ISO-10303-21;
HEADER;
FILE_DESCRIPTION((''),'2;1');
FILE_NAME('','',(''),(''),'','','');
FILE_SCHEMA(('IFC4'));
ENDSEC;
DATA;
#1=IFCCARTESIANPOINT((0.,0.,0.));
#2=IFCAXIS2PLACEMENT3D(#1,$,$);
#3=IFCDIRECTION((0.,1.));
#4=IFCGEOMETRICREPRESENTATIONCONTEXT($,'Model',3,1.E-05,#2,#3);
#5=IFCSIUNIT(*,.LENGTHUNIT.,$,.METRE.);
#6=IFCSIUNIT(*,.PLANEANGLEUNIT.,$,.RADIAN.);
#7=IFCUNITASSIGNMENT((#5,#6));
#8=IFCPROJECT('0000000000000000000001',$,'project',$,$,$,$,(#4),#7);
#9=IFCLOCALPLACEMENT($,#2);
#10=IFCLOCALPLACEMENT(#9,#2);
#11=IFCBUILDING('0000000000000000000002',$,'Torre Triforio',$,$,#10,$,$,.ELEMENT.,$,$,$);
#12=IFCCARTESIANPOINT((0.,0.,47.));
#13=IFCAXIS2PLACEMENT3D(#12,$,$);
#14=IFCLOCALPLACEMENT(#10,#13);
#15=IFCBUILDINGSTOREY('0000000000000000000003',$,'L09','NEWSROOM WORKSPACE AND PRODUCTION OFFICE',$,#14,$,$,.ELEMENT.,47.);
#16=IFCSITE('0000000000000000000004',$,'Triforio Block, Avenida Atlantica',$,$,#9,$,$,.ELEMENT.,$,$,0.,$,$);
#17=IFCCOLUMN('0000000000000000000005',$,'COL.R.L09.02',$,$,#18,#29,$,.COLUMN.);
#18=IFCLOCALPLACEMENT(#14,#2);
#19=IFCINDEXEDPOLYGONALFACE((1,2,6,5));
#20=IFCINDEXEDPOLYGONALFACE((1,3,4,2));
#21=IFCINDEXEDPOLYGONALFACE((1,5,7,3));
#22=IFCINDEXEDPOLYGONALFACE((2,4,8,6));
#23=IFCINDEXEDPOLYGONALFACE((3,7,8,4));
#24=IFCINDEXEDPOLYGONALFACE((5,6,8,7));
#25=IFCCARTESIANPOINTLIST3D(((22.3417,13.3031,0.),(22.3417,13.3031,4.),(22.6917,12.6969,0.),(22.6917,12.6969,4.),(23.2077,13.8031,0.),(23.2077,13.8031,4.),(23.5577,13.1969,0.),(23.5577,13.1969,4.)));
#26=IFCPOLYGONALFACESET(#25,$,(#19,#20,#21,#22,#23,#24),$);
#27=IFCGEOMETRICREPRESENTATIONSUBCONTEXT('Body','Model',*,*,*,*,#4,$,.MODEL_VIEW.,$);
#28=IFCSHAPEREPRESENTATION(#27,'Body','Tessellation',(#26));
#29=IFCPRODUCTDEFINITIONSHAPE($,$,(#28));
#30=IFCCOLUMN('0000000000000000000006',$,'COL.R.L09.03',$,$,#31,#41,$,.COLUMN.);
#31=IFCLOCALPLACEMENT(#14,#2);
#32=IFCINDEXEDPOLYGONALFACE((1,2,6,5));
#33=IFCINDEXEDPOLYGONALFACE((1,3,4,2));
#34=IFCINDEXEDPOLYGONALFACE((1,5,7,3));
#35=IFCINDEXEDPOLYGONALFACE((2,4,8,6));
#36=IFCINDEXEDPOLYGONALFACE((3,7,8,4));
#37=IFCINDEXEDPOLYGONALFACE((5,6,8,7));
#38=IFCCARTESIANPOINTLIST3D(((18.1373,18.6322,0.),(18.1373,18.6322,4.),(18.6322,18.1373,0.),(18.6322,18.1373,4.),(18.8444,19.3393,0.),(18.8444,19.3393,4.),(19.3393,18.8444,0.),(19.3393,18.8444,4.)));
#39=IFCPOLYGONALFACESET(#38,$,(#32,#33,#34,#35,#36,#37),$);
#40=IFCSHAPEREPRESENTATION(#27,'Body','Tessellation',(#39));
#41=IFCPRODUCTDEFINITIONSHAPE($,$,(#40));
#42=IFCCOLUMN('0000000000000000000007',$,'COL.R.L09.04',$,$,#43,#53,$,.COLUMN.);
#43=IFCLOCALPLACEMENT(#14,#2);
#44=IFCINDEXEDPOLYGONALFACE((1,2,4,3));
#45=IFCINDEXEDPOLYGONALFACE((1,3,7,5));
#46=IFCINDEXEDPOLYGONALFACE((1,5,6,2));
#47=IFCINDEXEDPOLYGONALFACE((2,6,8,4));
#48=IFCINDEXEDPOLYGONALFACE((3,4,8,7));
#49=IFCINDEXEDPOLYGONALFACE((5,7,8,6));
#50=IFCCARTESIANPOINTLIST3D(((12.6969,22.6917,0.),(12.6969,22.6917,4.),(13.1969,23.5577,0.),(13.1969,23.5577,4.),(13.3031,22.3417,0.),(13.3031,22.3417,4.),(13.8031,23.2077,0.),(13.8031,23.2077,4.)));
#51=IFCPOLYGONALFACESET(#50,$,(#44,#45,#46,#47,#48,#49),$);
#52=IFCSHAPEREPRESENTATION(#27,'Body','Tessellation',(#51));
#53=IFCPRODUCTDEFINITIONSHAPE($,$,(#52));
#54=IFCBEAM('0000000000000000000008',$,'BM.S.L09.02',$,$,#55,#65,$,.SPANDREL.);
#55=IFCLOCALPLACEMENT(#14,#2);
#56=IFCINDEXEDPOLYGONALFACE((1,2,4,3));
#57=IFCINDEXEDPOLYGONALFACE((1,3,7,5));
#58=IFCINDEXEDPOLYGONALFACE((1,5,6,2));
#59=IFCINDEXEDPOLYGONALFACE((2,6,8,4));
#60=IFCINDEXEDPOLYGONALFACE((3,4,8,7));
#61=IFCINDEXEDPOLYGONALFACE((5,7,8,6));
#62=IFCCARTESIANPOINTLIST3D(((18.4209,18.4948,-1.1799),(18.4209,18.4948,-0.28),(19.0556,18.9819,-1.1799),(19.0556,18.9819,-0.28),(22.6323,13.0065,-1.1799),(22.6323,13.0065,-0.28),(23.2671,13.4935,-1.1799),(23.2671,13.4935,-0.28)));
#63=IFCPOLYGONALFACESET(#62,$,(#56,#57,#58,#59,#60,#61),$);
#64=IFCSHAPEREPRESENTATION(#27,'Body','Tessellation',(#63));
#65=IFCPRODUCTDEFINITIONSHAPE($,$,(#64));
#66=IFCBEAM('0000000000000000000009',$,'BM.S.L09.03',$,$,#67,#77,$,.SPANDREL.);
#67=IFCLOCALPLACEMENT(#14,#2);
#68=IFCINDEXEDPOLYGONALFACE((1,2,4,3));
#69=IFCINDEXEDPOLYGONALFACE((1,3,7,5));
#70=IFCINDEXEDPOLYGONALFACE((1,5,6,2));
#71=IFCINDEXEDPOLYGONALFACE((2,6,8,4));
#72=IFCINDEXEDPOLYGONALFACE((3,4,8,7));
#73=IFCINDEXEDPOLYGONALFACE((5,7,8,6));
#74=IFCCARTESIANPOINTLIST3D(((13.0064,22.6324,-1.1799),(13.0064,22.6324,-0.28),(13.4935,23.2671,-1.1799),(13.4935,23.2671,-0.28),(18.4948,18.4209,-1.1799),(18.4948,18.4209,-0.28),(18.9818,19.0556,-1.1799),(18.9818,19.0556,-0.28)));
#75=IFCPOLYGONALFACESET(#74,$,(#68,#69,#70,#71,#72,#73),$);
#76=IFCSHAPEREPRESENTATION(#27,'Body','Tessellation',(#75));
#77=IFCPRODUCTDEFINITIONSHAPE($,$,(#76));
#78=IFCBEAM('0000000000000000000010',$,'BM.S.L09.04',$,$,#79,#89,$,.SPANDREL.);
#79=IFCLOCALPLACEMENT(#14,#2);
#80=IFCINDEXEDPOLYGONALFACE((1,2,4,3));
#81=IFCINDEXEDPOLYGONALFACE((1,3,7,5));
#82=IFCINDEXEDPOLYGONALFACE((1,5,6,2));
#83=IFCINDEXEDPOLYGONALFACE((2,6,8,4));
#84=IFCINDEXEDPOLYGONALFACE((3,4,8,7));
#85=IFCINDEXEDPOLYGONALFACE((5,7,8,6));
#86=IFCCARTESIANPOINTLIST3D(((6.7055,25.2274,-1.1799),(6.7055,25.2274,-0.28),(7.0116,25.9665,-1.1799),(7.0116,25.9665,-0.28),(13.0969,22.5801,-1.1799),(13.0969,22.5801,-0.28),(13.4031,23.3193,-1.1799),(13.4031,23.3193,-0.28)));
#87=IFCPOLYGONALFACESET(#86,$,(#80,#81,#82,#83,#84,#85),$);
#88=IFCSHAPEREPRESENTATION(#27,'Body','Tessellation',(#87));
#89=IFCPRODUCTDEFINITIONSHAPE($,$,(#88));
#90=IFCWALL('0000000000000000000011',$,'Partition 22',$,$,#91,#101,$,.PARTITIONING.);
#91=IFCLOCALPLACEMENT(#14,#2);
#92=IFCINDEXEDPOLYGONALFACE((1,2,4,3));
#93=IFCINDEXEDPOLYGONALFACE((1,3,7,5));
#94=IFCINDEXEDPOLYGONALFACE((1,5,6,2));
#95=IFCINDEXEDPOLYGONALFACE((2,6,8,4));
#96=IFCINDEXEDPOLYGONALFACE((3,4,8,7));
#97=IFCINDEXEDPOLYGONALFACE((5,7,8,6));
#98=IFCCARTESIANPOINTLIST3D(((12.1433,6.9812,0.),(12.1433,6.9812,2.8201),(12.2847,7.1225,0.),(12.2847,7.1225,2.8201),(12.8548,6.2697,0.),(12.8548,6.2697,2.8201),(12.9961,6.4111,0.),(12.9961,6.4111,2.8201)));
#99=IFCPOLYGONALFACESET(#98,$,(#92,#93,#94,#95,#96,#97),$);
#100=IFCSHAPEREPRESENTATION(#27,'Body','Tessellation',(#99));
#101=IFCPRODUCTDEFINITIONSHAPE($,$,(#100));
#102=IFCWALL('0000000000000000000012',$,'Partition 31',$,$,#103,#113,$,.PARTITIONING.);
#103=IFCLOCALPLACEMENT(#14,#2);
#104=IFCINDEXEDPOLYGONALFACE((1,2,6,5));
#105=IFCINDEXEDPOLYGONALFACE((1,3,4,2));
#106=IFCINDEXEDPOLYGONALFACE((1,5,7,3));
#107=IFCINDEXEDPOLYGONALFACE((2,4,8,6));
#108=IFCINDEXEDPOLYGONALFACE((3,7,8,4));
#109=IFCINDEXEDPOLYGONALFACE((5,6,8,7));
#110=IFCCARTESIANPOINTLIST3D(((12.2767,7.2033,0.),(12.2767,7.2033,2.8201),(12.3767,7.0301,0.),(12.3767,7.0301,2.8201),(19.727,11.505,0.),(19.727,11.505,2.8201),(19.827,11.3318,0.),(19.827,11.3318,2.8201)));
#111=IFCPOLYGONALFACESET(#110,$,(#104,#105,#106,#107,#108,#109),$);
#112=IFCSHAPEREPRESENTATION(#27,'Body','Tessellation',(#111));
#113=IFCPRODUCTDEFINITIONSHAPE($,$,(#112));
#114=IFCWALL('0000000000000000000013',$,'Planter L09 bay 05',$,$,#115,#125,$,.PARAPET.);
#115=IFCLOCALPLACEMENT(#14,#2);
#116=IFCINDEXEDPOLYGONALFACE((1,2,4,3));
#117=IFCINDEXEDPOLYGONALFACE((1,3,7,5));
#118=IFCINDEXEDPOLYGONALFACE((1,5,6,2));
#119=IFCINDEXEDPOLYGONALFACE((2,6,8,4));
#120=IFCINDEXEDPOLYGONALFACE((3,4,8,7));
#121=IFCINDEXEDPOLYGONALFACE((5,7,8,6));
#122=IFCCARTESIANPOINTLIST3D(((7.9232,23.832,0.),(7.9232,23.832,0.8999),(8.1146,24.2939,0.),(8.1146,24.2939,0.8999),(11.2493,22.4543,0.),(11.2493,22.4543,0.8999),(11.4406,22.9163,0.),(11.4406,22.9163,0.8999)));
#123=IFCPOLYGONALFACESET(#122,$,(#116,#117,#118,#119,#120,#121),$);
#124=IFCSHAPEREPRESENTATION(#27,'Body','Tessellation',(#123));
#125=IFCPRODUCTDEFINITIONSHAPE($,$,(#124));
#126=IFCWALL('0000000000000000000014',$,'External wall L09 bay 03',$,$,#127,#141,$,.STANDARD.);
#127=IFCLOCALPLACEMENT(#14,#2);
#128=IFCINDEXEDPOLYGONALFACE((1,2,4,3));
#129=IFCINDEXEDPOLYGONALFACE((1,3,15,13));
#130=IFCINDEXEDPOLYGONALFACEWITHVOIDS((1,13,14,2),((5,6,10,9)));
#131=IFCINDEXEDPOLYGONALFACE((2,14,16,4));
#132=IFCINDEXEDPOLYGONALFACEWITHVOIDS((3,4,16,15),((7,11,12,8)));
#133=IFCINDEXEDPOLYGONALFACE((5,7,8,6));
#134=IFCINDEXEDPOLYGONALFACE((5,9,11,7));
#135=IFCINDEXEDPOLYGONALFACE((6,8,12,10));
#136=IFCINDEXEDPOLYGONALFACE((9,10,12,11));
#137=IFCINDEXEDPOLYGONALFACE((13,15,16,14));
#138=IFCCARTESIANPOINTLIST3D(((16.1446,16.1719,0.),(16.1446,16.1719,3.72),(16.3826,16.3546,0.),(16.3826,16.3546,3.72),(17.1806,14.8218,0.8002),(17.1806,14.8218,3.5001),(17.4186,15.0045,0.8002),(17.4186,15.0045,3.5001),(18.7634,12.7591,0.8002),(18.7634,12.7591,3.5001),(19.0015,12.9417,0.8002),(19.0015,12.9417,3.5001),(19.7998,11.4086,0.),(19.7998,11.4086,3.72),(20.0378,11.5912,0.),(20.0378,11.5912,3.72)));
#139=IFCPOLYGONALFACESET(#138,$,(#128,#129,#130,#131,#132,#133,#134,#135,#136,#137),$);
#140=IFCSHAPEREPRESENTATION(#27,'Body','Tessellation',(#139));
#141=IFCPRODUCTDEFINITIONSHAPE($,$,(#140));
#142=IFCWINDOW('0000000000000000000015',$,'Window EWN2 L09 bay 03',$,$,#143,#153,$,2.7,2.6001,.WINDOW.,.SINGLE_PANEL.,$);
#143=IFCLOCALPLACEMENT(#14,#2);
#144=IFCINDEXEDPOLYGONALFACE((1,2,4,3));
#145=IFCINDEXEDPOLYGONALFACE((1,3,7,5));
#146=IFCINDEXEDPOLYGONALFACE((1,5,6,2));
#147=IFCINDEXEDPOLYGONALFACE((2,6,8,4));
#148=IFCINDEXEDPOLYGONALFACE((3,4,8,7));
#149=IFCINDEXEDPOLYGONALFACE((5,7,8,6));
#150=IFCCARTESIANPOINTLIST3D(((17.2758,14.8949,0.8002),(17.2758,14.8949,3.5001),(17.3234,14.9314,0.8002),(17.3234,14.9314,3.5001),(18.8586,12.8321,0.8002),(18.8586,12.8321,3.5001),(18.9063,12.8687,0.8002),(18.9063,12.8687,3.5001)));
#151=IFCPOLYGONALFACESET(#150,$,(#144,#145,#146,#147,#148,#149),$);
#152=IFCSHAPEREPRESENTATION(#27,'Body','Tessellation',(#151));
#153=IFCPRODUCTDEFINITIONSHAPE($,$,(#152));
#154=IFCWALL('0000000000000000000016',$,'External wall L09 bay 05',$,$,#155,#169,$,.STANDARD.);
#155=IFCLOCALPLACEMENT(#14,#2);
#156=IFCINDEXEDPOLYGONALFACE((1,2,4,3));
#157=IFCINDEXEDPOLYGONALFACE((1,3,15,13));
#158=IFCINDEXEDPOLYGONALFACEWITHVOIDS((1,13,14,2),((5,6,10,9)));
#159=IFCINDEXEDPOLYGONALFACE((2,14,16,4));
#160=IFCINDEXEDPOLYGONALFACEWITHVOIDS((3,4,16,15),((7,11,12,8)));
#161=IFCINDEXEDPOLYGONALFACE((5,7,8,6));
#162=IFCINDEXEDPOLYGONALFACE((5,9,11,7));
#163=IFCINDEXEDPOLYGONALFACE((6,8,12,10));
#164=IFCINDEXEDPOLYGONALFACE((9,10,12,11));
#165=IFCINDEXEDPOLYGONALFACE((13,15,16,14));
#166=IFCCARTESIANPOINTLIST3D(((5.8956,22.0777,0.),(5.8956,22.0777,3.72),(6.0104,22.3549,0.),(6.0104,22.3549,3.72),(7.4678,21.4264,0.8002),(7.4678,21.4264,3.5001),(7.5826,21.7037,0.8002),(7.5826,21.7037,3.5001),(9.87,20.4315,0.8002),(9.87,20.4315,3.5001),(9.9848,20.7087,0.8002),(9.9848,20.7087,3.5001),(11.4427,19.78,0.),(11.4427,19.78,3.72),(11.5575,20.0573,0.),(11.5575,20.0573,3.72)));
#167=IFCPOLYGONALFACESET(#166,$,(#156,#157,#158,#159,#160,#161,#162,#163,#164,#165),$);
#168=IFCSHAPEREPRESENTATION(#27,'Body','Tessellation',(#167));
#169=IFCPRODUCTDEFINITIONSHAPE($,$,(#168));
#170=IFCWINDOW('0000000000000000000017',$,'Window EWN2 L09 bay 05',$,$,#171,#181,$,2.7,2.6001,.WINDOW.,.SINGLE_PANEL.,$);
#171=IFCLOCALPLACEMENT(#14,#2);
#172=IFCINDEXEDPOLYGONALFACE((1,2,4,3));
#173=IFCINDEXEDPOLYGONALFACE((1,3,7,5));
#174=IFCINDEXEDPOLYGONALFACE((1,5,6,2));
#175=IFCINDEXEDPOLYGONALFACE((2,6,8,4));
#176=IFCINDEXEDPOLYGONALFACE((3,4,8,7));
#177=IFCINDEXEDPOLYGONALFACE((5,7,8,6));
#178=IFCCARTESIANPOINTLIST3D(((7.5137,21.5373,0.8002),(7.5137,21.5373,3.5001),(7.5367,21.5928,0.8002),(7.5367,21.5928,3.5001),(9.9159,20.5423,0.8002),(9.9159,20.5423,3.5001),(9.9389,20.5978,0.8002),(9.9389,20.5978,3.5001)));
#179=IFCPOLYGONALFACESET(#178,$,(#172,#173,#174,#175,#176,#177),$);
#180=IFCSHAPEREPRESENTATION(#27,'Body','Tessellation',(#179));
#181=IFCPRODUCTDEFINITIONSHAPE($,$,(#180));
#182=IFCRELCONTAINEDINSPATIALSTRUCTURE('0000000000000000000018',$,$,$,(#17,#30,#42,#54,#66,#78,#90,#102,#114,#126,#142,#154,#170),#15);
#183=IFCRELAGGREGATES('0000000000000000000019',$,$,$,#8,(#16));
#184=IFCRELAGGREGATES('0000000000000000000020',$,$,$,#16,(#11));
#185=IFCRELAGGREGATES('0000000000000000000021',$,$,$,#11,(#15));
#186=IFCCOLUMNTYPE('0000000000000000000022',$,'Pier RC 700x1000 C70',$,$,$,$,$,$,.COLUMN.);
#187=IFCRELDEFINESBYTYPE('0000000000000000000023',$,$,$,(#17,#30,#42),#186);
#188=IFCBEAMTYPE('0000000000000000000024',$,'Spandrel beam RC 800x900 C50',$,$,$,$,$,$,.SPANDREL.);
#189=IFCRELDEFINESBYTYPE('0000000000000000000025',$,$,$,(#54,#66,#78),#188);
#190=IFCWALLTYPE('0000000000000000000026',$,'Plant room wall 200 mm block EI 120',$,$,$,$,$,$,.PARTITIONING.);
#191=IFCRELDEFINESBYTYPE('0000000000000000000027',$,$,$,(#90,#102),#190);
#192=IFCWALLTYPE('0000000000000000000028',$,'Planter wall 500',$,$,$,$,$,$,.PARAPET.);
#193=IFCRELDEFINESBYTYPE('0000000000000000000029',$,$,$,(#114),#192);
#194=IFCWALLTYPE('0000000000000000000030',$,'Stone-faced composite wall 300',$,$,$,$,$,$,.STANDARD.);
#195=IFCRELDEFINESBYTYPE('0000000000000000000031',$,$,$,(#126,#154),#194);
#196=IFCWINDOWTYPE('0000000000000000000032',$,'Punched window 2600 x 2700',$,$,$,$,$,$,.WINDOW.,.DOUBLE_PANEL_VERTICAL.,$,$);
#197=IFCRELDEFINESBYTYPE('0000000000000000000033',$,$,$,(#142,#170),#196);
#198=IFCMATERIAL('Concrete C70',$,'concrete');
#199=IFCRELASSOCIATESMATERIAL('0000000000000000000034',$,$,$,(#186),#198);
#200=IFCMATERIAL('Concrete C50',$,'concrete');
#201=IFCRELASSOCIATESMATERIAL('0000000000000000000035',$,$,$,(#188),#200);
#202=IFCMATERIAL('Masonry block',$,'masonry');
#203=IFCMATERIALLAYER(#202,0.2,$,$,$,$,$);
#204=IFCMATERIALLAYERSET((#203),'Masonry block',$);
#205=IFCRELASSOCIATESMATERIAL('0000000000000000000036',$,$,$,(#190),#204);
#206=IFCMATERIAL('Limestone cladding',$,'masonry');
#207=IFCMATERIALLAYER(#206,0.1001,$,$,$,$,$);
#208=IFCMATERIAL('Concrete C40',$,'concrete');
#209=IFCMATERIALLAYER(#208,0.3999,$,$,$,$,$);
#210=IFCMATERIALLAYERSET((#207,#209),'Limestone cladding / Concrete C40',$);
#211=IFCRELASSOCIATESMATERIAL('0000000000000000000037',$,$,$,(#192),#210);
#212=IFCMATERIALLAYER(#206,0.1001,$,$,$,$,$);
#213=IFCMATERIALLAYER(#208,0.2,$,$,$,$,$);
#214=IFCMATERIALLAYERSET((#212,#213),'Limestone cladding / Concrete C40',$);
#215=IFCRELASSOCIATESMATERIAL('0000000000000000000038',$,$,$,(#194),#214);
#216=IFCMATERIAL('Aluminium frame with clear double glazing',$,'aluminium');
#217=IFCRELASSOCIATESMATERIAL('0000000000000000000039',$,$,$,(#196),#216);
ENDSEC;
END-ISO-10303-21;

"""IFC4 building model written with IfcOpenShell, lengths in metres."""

from ifc_helpers import new_model, si_unit, direction, frame, frame_2d, origin, origin_2d, place, context, subcontext, project, spatial, rectangle, extrude, material, layer, layer_set, material_profile, profile_set, type_object, element, fill, save


model = new_model("IFC4")

# Units and contexts
model_context = context("Model", 3, precision=1e-05, world=origin(), true_north=direction((0.0, 1.0)))
body_context = subcontext(model_context, "Body", "Model", "MODEL_VIEW")
ifc_project = project(units=[si_unit("LENGTHUNIT", "METRE"), si_unit("PLANEANGLEUNIT", "RADIAN")], contexts=[model_context])

# Site, building, storey
site_placement = place(None, origin())
site = spatial("IfcSite", under=ifc_project, at=site_placement, Name="Triforio Block, Avenida Atlantica", CompositionType="ELEMENT", RefElevation=0.0)
building_placement = place(site_placement, origin())
building = spatial("IfcBuilding", under=site, at=building_placement, Name="Torre Triforio", CompositionType="ELEMENT")
storey_placement = place(building_placement, frame((0.0, 0.0, 47.0)))
storey = spatial("IfcBuildingStorey", under=building, at=storey_placement, Name="L09", Description="NEWSROOM WORKSPACE AND PRODUCTION OFFICE", CompositionType="ELEMENT", Elevation=47.0)

# Columns
ifc_material_1 = material(Name="Concrete C70", Category="concrete")
ifc_material_profile_1 = material_profile(ifc_material_1, rectangle(XDim=0.7, YDim=1.0, at=origin_2d()), Name="RC 700x1000")
ifc_profile_set_1 = profile_set([ifc_material_profile_1], Name="Concrete C70")
column_type = type_object("IfcColumnType", Name="Pier RC 700x1000 C70", PredefinedType="COLUMN", material=ifc_profile_set_1)
for number, where, z_axis, x_axis, name in (
    (1, (22.9497, 13.25, 0.0), (0.0, 0.0, 1.0), (-0.5, 0.866025, 0.0), "COL.R.L09.02"),
    (2, (18.7383, 18.7383, 0.0), (0.0, 0.0, 1.0), (-0.707107, 0.707107, 0.0), "COL.R.L09.03"),
    (3, (13.25, 22.9497, 0.0), (0.0, 0.0, 1.0), (-0.866025, 0.5, 0.0), "COL.R.L09.04"),
):
    element("IfcColumn", number, at=place(storey_placement, frame(where, z_axis=z_axis, x_axis=x_axis)), inside=storey, type_object=column_type, Name=name, PredefinedType="COLUMN", context=body_context, shape_type="SweptSolid", body=[
        extrude(rectangle(XDim=0.7, YDim=1.0, at=origin_2d()), origin(), (0.0, 0.0, 1.0), 4.0),
    ])

# Beams
ifc_material_2 = material(Name="Concrete C50", Category="concrete")
ifc_material_profile_2 = material_profile(ifc_material_2, rectangle(XDim=0.8, YDim=0.8999, at=origin_2d()), Name="RC 800x900")
ifc_profile_set_2 = profile_set([ifc_material_profile_2], Name="Concrete C50")
beam_type = type_object("IfcBeamType", Name="Spandrel beam RC 800x900 C50", PredefinedType="SPANDREL", material=ifc_profile_set_2)
for number, where, z_axis, x_axis, name in (
    (4, (22.9497, 13.25, -0.73), (-0.608772, 0.793345, 0.0), (-0.793345, -0.608772, 0.0), "BM.S.L09.02"),
    (5, (18.7383, 18.7383, -0.73), (-0.793345, 0.608772, 0.0), (-0.608772, -0.793345, 0.0), "BM.S.L09.03"),
    (6, (13.25, 22.9497, -0.73), (-0.923888, 0.382662, 0.0), (-0.382662, -0.923888, 0.0), "BM.S.L09.04"),
):
    element("IfcBeam", number, at=place(storey_placement, frame(where, z_axis=z_axis, x_axis=x_axis)), inside=storey, type_object=beam_type, Name=name, PredefinedType="SPANDREL", context=body_context, shape_type="SweptSolid", body=[
        extrude(rectangle(XDim=0.8, YDim=0.8999, at=origin_2d()), origin(), (0.0, 0.0, 1.0), 6.918),
    ])

# Walls
ifc_material_3 = material(Name="Masonry block", Category="masonry")
ifc_layer_1 = layer(ifc_material_3, 0.2)
ifc_layer_set_1 = layer_set([ifc_layer_1], Name="Masonry block")
wall_type_1 = type_object("IfcWallType", Name="Plant room wall 200 mm block EI 120", PredefinedType="PARTITIONING", material=ifc_layer_set_1)
wall_1_placement = place(storey_placement, frame((12.2141, 7.0518, 0.0), z_axis=(0.0, 0.0, 1.0), x_axis=(0.707107, -0.707107, 0.0)))
element("IfcWall", 7, at=wall_1_placement, inside=storey, type_object=wall_type_1, Name="Partition 22", PredefinedType="PARTITIONING", context=body_context, shape_type="SweptSolid", body=[
    extrude(rectangle(XDim=1.0061, YDim=0.2, at=frame_2d((0.5029, 0.0))), origin(), (0.0, 0.0, 1.0), 2.8201),
])
wall_2_placement = place(storey_placement, frame((12.3267, 7.1167, 0.0), z_axis=(0.0, 0.0, 1.0), x_axis=(0.866013, 0.500021, 0.0)))
element("IfcWall", 8, at=wall_2_placement, inside=storey, type_object=wall_type_1, Name="Partition 31", PredefinedType="PARTITIONING", context=body_context, shape_type="SweptSolid", body=[
    extrude(rectangle(XDim=8.603, YDim=0.2, at=frame_2d((4.3015, 0.0))), origin(), (0.0, 0.0, 1.0), 2.8201),
])
ifc_material_4 = material(Name="Limestone cladding", Category="masonry")
ifc_layer_2 = layer(ifc_material_4, 0.1001)
ifc_material_5 = material(Name="Concrete C40", Category="concrete")
ifc_layer_3 = layer(ifc_material_5, 0.3999)
ifc_layer_set_2 = layer_set([ifc_layer_2, ifc_layer_3], Name="Limestone cladding / Concrete C40")
wall_type_2 = type_object("IfcWallType", Name="Planter wall 500", PredefinedType="PARAPET", material=ifc_layer_set_2)
wall_3_placement = place(storey_placement, frame((11.345, 22.6853, 0.0), z_axis=(0.0, 0.0, 1.0), x_axis=(-0.923885, 0.382669, 0.0)))
element("IfcWall", 9, at=wall_3_placement, inside=storey, type_object=wall_type_2, Name="Planter L09 bay 05", PredefinedType="PARAPET", context=body_context, shape_type="SweptSolid", body=[
    extrude(rectangle(XDim=3.6001, YDim=0.5, at=frame_2d((1.8, 0.0))), origin(), (0.0, 0.0, 1.0), 0.8999),
])

# Wall, opening, window
ifc_layer_4 = layer(ifc_material_4, 0.1001)
ifc_layer_5 = layer(ifc_material_5, 0.2)
ifc_layer_set_3 = layer_set([ifc_layer_4, ifc_layer_5], Name="Limestone cladding / Concrete C40")
wall_type_3 = type_object("IfcWallType", Name="Stone-faced composite wall 300", PredefinedType="STANDARD", material=ifc_layer_set_3)
wall_4_placement = place(storey_placement, frame((19.9187, 11.5, 0.0), z_axis=(0.0, 0.0, 1.0), x_axis=(-0.608779, 0.79334, 0.0)))
wall_4 = element("IfcWall", 10, at=wall_4_placement, inside=storey, type_object=wall_type_3, Name="External wall L09 bay 03", PredefinedType="STANDARD", context=body_context, shape_type="SweptSolid", body=[
    extrude(rectangle(XDim=6.0042, YDim=0.3, at=frame_2d((3.002, 0.0))), origin(), (0.0, 0.0, 1.0), 3.72),
])
opening_1_placement = place(wall_4_placement, frame((1.7021, 0.0, 0.8)))
opening_1 = element("IfcOpeningElement", 11, at=opening_1_placement, cuts=wall_4, PredefinedType="OPENING", context=body_context, shape_type="SweptSolid", body=[
    extrude(rectangle(XDim=2.6001, YDim=2.7, at=frame_2d((1.3, 1.3501))), frame((0.0, 0.1599, 0.0), z_axis=(0.0, -1.0, 0.0), x_axis=(1.0, 0.0, 0.0)), (0.0, 0.0, 1.0), 0.3201),
])
ifc_material_6 = material(Name="Aluminium frame with clear double glazing", Category="aluminium")
window_type_1 = type_object("IfcWindowType", Name="Punched window 2600 x 2700", PartitioningType="DOUBLE_PANEL_VERTICAL", PredefinedType="WINDOW", material=ifc_material_6)
window_1_placement = place(opening_1_placement, origin())
window_1 = element("IfcWindow", 12, at=window_1_placement, inside=storey, type_object=window_type_1, Name="Window EWN2 L09 bay 03", OverallHeight=2.7, OverallWidth=2.6001, PartitioningType="SINGLE_PANEL", PredefinedType="WINDOW", context=body_context, shape_type="SweptSolid", body=[
    extrude(rectangle(XDim=2.6001, YDim=2.7, at=frame_2d((1.3, 1.3501))), frame((0.0, 0.03, 0.0), z_axis=(0.0, -1.0, 0.0), x_axis=(1.0, 0.0, 0.0)), (0.0, 0.0, 1.0), 0.0601),
])
fill(opening_1, window_1)

# Wall, opening, window
wall_5_placement = place(storey_placement, frame((11.5, 19.9187, 0.0), z_axis=(0.0, 0.0, 1.0), x_axis=(-0.923885, 0.382671, 0.0)))
wall_5 = element("IfcWall", 13, at=wall_5_placement, inside=storey, type_object=wall_type_3, Name="External wall L09 bay 05", PredefinedType="STANDARD", context=body_context, shape_type="SweptSolid", body=[
    extrude(rectangle(XDim=6.0042, YDim=0.3, at=frame_2d((3.002, 0.0))), origin(), (0.0, 0.0, 1.0), 3.72),
])
opening_2_placement = place(wall_5_placement, frame((1.7021, 0.0, 0.8)))
opening_2 = element("IfcOpeningElement", 14, at=opening_2_placement, cuts=wall_5, PredefinedType="OPENING", context=body_context, shape_type="SweptSolid", body=[
    extrude(rectangle(XDim=2.6001, YDim=2.7, at=frame_2d((1.3, 1.3501))), frame((0.0, 0.1599, 0.0), z_axis=(0.0, -1.0, 0.0), x_axis=(1.0, 0.0, 0.0)), (0.0, 0.0, 1.0), 0.3201),
])
window_2_placement = place(opening_2_placement, origin())
window_2 = element("IfcWindow", 15, at=window_2_placement, inside=storey, type_object=window_type_1, Name="Window EWN2 L09 bay 05", OverallHeight=2.7, OverallWidth=2.6001, PartitioningType="SINGLE_PANEL", PredefinedType="WINDOW", context=body_context, shape_type="SweptSolid", body=[
    extrude(rectangle(XDim=2.6001, YDim=2.7, at=frame_2d((1.3, 1.3501))), frame((0.0, 0.03, 0.0), z_axis=(0.0, -1.0, 0.0), x_axis=(1.0, 0.0, 0.0)), (0.0, 0.0, 1.0), 0.0601),
])
fill(opening_2, window_2)

save(model, "model.ifc")
